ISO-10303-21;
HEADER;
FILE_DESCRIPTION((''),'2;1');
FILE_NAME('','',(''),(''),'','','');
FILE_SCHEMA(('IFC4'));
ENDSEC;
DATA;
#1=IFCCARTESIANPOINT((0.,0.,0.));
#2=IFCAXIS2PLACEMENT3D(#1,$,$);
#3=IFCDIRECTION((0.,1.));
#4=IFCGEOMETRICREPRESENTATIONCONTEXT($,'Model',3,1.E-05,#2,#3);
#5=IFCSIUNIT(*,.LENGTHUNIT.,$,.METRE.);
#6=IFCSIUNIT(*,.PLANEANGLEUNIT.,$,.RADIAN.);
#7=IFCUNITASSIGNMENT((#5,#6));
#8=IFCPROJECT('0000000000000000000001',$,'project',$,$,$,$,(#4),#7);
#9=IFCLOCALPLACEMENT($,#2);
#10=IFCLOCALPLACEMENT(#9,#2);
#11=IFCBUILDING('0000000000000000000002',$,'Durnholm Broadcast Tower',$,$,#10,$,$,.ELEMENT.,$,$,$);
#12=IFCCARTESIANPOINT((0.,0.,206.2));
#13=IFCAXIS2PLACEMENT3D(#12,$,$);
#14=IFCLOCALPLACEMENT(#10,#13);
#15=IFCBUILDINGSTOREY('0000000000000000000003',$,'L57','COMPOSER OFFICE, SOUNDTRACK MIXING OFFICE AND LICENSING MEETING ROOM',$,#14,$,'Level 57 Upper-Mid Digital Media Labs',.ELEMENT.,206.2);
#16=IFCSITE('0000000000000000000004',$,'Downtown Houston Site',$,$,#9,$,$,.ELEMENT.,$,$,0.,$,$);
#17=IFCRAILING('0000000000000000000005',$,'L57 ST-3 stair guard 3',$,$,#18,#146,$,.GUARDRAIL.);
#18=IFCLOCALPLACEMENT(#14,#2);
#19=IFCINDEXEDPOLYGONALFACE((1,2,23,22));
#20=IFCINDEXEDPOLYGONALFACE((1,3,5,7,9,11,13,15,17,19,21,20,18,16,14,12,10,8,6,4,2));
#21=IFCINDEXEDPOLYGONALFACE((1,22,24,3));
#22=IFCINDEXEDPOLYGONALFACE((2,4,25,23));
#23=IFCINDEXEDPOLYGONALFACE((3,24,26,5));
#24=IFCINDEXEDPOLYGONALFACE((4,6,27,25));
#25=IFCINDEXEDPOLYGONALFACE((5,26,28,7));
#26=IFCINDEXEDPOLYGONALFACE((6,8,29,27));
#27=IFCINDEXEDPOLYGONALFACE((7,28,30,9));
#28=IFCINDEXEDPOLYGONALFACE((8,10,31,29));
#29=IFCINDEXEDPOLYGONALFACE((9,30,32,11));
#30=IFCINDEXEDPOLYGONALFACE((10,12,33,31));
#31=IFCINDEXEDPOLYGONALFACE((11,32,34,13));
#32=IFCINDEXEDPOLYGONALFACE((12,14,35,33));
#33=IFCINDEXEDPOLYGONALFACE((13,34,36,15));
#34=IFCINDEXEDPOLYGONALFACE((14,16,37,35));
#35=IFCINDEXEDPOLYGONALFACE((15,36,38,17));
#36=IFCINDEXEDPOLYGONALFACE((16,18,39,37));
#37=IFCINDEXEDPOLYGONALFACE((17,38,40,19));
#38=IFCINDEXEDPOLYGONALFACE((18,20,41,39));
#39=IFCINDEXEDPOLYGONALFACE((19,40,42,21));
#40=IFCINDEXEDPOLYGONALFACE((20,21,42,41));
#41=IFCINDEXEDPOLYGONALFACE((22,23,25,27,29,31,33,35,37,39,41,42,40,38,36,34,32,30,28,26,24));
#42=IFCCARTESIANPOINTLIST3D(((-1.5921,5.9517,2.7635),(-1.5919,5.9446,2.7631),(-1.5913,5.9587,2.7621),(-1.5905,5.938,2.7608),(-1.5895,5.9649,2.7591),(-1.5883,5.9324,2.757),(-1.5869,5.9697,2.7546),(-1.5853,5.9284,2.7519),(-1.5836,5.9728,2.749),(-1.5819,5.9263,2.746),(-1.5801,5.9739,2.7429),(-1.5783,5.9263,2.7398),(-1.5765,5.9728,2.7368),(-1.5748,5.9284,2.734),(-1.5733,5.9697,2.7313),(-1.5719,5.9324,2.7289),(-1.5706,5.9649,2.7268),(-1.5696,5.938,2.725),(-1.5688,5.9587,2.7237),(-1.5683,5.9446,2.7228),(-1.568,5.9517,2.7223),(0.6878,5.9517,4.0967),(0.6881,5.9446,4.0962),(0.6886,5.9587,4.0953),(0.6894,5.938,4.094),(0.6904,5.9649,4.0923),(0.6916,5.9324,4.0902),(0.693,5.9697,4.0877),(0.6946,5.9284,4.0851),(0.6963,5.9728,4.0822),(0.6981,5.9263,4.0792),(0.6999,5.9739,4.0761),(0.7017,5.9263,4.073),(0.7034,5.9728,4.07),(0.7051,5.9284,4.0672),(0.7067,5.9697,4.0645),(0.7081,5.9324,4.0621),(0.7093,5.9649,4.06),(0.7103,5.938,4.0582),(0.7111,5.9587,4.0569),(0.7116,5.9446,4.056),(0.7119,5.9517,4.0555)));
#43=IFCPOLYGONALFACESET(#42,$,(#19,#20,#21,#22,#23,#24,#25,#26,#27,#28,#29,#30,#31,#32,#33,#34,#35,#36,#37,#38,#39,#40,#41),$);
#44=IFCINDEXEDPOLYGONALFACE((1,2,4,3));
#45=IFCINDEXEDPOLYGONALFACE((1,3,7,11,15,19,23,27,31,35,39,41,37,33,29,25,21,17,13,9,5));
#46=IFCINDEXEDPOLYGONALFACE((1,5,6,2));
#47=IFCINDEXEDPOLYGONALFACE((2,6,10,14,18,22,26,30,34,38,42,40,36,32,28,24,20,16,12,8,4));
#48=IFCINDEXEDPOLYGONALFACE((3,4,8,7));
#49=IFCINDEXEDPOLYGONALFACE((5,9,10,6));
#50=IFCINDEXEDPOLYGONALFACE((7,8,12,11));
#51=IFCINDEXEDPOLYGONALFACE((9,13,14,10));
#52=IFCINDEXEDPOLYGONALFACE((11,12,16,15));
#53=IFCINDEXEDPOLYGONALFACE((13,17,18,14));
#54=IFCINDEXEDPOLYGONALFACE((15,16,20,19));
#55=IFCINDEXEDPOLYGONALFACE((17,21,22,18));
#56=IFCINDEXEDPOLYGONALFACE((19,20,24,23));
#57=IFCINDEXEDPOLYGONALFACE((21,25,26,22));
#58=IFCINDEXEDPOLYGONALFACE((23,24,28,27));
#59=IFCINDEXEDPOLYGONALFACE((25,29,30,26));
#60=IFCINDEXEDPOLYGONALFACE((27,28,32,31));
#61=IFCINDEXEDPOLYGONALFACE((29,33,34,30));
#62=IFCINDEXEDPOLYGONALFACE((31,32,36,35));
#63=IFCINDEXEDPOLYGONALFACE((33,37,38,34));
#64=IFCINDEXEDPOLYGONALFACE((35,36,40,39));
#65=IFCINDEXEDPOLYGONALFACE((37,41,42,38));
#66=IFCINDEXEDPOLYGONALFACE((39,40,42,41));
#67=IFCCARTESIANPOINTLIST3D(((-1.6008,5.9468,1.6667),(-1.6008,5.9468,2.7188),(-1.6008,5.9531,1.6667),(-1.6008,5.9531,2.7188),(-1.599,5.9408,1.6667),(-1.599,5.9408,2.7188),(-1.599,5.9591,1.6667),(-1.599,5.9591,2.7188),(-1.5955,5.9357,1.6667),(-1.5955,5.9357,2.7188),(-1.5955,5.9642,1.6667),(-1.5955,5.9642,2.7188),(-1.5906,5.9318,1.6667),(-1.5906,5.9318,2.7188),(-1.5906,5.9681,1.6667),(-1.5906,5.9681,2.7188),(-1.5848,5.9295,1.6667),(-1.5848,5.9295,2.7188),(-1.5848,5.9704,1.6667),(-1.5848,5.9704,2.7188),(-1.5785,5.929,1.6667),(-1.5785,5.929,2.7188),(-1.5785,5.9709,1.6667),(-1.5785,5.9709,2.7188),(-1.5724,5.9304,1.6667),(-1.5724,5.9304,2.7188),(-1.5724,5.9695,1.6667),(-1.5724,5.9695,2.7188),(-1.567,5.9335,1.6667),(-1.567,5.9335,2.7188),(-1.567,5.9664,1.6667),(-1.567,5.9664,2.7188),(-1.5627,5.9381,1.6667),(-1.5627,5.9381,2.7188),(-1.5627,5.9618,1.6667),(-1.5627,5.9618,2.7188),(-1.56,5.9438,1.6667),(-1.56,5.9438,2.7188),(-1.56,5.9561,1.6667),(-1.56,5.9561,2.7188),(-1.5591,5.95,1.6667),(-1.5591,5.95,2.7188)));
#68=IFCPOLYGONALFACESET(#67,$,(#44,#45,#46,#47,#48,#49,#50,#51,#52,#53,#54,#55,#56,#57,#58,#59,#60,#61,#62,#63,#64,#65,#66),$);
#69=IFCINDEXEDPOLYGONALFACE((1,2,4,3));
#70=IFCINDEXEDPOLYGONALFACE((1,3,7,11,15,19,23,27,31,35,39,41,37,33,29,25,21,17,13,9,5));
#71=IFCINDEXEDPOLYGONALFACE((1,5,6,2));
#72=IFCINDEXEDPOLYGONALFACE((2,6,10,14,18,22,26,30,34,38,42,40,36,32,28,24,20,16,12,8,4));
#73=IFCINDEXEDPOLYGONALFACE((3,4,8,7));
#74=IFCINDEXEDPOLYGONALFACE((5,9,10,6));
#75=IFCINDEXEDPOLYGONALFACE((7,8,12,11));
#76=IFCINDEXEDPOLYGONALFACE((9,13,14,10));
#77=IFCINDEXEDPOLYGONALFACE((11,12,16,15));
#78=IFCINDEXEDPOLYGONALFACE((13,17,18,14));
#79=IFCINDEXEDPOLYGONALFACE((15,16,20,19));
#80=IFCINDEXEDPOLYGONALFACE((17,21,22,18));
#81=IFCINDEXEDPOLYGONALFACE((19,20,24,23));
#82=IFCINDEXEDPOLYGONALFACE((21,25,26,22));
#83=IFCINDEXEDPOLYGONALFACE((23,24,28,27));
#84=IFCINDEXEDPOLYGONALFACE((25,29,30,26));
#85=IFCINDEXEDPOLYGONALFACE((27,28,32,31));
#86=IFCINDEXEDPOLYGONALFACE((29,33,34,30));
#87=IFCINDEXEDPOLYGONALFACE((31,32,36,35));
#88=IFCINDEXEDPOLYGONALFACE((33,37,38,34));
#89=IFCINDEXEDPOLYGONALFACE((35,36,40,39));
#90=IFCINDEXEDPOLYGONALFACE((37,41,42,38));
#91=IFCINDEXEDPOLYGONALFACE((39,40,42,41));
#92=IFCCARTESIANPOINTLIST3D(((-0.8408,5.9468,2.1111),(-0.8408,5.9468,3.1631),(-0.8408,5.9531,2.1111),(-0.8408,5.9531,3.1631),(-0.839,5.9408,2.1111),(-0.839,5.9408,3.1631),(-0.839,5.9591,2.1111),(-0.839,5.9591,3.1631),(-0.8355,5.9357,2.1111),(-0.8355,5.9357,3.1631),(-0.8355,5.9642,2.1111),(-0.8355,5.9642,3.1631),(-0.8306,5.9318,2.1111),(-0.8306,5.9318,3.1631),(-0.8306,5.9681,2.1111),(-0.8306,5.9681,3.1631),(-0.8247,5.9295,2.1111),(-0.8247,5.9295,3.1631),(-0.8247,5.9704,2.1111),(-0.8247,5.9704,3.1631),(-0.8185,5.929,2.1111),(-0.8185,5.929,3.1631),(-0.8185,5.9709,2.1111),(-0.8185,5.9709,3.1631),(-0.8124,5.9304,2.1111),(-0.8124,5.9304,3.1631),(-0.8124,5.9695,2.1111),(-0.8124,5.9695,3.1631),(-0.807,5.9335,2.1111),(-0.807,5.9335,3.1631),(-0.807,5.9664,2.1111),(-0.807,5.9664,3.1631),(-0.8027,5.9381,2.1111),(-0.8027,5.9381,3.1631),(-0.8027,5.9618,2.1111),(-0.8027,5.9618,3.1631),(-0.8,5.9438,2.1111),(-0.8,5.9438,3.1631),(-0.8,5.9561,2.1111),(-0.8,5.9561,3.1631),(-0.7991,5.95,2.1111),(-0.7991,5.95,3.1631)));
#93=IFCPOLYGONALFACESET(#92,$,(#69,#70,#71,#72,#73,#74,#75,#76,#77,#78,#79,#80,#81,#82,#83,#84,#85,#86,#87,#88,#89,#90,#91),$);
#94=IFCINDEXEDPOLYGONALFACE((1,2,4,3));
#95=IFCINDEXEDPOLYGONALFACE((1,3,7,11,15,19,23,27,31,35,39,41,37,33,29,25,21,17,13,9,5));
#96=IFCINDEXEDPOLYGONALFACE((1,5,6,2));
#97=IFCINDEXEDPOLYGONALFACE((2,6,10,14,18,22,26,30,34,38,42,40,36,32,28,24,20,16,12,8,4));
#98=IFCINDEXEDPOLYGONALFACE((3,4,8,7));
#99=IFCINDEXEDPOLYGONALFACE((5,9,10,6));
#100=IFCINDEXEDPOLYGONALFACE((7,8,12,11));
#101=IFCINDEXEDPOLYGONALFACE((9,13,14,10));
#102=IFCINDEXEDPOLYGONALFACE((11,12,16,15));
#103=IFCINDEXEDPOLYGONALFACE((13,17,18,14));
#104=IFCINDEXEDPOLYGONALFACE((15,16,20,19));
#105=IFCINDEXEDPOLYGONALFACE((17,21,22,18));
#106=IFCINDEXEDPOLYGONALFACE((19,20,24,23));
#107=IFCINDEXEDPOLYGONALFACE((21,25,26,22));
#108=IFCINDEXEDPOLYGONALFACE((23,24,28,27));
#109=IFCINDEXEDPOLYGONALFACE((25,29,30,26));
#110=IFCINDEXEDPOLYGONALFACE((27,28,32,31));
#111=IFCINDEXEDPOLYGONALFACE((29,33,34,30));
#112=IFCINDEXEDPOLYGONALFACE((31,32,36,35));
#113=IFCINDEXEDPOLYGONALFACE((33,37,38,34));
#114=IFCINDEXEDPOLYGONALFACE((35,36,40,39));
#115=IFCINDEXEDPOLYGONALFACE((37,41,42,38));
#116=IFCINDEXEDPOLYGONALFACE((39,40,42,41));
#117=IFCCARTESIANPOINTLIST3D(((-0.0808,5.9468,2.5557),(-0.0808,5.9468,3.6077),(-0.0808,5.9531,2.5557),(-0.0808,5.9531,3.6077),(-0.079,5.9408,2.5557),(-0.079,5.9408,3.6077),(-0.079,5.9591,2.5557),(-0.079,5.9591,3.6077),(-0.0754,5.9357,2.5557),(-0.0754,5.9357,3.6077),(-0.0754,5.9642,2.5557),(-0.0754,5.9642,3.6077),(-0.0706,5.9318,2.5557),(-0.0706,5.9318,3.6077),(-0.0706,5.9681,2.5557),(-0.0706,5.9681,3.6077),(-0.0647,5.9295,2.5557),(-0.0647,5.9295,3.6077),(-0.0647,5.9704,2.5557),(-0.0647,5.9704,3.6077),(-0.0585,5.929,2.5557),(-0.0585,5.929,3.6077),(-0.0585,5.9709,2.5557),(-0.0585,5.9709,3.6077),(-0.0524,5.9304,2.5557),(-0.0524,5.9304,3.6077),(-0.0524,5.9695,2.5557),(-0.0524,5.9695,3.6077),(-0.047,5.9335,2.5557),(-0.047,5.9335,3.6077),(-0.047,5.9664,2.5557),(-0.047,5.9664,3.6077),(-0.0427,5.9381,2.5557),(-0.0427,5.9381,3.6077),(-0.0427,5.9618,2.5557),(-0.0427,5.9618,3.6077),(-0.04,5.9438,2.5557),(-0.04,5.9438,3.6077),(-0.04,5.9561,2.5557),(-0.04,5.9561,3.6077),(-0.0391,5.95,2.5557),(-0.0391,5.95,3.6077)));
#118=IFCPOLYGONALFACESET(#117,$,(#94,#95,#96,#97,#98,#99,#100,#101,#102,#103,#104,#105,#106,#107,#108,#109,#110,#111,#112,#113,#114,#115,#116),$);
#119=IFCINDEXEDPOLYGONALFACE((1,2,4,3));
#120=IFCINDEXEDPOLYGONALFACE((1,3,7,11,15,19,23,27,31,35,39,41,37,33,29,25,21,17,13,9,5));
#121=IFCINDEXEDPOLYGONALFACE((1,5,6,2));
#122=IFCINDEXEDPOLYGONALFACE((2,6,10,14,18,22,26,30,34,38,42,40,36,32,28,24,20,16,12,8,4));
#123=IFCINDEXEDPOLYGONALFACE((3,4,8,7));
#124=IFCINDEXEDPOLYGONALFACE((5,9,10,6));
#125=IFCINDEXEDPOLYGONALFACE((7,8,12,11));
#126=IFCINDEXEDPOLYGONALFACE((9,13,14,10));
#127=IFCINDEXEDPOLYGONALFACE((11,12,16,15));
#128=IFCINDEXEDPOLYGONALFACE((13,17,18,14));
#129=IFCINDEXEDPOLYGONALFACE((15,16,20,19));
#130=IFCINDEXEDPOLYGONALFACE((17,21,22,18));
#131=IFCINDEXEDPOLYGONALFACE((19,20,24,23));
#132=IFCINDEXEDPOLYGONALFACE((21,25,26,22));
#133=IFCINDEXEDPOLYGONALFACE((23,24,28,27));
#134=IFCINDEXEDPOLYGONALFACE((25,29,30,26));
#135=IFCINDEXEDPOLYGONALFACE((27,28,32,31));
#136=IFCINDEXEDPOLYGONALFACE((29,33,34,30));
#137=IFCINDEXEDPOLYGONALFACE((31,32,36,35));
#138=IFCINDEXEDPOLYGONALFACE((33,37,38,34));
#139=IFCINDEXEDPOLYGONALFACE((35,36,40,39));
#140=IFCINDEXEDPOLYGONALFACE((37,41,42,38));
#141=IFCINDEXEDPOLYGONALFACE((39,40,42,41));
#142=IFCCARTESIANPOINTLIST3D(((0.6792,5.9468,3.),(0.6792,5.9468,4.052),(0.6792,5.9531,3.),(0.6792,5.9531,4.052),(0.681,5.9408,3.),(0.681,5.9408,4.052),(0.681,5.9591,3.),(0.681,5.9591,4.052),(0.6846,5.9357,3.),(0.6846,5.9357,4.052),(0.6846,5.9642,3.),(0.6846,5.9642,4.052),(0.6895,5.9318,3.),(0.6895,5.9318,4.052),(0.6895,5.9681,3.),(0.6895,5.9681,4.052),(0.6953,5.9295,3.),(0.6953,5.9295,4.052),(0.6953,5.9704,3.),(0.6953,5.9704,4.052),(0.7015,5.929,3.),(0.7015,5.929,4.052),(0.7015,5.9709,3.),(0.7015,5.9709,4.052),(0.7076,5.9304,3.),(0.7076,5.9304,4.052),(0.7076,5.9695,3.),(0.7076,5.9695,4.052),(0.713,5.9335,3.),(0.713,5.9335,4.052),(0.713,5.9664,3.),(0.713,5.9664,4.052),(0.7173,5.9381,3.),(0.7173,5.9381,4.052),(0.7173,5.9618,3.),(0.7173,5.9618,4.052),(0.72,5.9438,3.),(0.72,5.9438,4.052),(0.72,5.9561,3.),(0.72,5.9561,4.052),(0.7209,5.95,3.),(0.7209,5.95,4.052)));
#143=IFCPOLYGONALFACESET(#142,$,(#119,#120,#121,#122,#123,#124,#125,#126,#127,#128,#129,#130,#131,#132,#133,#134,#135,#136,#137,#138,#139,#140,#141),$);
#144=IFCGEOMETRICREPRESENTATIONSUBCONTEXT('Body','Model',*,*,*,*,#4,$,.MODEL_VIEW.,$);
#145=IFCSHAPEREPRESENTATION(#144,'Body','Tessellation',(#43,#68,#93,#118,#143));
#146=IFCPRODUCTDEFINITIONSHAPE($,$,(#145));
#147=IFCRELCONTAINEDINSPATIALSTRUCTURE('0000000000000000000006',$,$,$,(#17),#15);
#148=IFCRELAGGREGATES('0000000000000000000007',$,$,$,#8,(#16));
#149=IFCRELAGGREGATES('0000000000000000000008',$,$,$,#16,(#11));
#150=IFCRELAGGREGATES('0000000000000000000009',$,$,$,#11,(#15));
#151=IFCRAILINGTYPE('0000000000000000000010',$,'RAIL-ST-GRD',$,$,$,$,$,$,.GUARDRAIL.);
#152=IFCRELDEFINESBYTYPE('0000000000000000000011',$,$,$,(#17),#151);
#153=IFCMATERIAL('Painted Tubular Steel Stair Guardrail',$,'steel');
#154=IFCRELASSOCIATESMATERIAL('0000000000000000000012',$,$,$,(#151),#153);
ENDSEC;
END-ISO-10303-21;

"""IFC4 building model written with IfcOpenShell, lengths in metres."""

from ifc_helpers import new_model, si_unit, direction, frame, origin, origin_2d, place, context, subcontext, project, spatial, circle, extrude, material, type_object, element, save


model = new_model("IFC4")

# Units and contexts
model_context = context("Model", 3, precision=1e-05, world=origin(), true_north=direction((0.0, 1.0)))
body_context = subcontext(model_context, "Body", "Model", "MODEL_VIEW")
ifc_project = project(units=[si_unit("LENGTHUNIT", "METRE"), si_unit("PLANEANGLEUNIT", "RADIAN")], contexts=[model_context])

# Site, building, storey
site_placement = place(None, origin())
site = spatial("IfcSite", under=ifc_project, at=site_placement, Name="Downtown Houston Site", CompositionType="ELEMENT", RefElevation=0.0)
building_placement = place(site_placement, origin())
building = spatial("IfcBuilding", under=site, at=building_placement, Name="Durnholm Broadcast Tower", CompositionType="ELEMENT")
storey_placement = place(building_placement, frame((0.0, 0.0, 206.2)))
storey = spatial("IfcBuildingStorey", under=building, at=storey_placement, Name="L57", Description="COMPOSER OFFICE, SOUNDTRACK MIXING OFFICE AND LICENSING MEETING ROOM", LongName="Level 57 Upper-Mid Digital Media Labs", CompositionType="ELEMENT", Elevation=206.2)

# Railing
ifc_material_1 = material(Name="Painted Tubular Steel Stair Guardrail", Category="steel")
railing_type_1 = type_object("IfcRailingType", Name="RAIL-ST-GRD", PredefinedType="GUARDRAIL", material=ifc_material_1)
railing_1_placement = place(storey_placement, frame((-1.5801, 5.95, 1.6667)))
element("IfcRailing", 1, at=railing_1_placement, inside=storey, type_object=railing_type_1, Name="L57 ST-3 stair guard 3", PredefinedType="GUARDRAIL", context=body_context, shape_type="SweptSolid", body=[
    extrude(circle(Radius=0.0239, at=origin_2d()), frame((0.0, 0.0, 1.0762), z_axis=(0.863245, 0.0, 0.504785), x_axis=(0.0, 1.0, 0.0)), (0.0, 0.0, 1.0), 2.6411),
    extrude(circle(Radius=0.021, at=origin_2d()), origin(), (0.0, 0.0, 1.0), 1.052),
    extrude(circle(Radius=0.021, at=origin_2d()), frame((0.76, 0.0, 0.4443)), (0.0, 0.0, 1.0), 1.052),
    extrude(circle(Radius=0.021, at=origin_2d()), frame((1.52, 0.0, 0.8889)), (0.0, 0.0, 1.0), 1.052),
    extrude(circle(Radius=0.021, at=origin_2d()), frame((2.28, 0.0, 1.3333)), (0.0, 0.0, 1.0), 1.052),
])

save(model, "model.ifc")
